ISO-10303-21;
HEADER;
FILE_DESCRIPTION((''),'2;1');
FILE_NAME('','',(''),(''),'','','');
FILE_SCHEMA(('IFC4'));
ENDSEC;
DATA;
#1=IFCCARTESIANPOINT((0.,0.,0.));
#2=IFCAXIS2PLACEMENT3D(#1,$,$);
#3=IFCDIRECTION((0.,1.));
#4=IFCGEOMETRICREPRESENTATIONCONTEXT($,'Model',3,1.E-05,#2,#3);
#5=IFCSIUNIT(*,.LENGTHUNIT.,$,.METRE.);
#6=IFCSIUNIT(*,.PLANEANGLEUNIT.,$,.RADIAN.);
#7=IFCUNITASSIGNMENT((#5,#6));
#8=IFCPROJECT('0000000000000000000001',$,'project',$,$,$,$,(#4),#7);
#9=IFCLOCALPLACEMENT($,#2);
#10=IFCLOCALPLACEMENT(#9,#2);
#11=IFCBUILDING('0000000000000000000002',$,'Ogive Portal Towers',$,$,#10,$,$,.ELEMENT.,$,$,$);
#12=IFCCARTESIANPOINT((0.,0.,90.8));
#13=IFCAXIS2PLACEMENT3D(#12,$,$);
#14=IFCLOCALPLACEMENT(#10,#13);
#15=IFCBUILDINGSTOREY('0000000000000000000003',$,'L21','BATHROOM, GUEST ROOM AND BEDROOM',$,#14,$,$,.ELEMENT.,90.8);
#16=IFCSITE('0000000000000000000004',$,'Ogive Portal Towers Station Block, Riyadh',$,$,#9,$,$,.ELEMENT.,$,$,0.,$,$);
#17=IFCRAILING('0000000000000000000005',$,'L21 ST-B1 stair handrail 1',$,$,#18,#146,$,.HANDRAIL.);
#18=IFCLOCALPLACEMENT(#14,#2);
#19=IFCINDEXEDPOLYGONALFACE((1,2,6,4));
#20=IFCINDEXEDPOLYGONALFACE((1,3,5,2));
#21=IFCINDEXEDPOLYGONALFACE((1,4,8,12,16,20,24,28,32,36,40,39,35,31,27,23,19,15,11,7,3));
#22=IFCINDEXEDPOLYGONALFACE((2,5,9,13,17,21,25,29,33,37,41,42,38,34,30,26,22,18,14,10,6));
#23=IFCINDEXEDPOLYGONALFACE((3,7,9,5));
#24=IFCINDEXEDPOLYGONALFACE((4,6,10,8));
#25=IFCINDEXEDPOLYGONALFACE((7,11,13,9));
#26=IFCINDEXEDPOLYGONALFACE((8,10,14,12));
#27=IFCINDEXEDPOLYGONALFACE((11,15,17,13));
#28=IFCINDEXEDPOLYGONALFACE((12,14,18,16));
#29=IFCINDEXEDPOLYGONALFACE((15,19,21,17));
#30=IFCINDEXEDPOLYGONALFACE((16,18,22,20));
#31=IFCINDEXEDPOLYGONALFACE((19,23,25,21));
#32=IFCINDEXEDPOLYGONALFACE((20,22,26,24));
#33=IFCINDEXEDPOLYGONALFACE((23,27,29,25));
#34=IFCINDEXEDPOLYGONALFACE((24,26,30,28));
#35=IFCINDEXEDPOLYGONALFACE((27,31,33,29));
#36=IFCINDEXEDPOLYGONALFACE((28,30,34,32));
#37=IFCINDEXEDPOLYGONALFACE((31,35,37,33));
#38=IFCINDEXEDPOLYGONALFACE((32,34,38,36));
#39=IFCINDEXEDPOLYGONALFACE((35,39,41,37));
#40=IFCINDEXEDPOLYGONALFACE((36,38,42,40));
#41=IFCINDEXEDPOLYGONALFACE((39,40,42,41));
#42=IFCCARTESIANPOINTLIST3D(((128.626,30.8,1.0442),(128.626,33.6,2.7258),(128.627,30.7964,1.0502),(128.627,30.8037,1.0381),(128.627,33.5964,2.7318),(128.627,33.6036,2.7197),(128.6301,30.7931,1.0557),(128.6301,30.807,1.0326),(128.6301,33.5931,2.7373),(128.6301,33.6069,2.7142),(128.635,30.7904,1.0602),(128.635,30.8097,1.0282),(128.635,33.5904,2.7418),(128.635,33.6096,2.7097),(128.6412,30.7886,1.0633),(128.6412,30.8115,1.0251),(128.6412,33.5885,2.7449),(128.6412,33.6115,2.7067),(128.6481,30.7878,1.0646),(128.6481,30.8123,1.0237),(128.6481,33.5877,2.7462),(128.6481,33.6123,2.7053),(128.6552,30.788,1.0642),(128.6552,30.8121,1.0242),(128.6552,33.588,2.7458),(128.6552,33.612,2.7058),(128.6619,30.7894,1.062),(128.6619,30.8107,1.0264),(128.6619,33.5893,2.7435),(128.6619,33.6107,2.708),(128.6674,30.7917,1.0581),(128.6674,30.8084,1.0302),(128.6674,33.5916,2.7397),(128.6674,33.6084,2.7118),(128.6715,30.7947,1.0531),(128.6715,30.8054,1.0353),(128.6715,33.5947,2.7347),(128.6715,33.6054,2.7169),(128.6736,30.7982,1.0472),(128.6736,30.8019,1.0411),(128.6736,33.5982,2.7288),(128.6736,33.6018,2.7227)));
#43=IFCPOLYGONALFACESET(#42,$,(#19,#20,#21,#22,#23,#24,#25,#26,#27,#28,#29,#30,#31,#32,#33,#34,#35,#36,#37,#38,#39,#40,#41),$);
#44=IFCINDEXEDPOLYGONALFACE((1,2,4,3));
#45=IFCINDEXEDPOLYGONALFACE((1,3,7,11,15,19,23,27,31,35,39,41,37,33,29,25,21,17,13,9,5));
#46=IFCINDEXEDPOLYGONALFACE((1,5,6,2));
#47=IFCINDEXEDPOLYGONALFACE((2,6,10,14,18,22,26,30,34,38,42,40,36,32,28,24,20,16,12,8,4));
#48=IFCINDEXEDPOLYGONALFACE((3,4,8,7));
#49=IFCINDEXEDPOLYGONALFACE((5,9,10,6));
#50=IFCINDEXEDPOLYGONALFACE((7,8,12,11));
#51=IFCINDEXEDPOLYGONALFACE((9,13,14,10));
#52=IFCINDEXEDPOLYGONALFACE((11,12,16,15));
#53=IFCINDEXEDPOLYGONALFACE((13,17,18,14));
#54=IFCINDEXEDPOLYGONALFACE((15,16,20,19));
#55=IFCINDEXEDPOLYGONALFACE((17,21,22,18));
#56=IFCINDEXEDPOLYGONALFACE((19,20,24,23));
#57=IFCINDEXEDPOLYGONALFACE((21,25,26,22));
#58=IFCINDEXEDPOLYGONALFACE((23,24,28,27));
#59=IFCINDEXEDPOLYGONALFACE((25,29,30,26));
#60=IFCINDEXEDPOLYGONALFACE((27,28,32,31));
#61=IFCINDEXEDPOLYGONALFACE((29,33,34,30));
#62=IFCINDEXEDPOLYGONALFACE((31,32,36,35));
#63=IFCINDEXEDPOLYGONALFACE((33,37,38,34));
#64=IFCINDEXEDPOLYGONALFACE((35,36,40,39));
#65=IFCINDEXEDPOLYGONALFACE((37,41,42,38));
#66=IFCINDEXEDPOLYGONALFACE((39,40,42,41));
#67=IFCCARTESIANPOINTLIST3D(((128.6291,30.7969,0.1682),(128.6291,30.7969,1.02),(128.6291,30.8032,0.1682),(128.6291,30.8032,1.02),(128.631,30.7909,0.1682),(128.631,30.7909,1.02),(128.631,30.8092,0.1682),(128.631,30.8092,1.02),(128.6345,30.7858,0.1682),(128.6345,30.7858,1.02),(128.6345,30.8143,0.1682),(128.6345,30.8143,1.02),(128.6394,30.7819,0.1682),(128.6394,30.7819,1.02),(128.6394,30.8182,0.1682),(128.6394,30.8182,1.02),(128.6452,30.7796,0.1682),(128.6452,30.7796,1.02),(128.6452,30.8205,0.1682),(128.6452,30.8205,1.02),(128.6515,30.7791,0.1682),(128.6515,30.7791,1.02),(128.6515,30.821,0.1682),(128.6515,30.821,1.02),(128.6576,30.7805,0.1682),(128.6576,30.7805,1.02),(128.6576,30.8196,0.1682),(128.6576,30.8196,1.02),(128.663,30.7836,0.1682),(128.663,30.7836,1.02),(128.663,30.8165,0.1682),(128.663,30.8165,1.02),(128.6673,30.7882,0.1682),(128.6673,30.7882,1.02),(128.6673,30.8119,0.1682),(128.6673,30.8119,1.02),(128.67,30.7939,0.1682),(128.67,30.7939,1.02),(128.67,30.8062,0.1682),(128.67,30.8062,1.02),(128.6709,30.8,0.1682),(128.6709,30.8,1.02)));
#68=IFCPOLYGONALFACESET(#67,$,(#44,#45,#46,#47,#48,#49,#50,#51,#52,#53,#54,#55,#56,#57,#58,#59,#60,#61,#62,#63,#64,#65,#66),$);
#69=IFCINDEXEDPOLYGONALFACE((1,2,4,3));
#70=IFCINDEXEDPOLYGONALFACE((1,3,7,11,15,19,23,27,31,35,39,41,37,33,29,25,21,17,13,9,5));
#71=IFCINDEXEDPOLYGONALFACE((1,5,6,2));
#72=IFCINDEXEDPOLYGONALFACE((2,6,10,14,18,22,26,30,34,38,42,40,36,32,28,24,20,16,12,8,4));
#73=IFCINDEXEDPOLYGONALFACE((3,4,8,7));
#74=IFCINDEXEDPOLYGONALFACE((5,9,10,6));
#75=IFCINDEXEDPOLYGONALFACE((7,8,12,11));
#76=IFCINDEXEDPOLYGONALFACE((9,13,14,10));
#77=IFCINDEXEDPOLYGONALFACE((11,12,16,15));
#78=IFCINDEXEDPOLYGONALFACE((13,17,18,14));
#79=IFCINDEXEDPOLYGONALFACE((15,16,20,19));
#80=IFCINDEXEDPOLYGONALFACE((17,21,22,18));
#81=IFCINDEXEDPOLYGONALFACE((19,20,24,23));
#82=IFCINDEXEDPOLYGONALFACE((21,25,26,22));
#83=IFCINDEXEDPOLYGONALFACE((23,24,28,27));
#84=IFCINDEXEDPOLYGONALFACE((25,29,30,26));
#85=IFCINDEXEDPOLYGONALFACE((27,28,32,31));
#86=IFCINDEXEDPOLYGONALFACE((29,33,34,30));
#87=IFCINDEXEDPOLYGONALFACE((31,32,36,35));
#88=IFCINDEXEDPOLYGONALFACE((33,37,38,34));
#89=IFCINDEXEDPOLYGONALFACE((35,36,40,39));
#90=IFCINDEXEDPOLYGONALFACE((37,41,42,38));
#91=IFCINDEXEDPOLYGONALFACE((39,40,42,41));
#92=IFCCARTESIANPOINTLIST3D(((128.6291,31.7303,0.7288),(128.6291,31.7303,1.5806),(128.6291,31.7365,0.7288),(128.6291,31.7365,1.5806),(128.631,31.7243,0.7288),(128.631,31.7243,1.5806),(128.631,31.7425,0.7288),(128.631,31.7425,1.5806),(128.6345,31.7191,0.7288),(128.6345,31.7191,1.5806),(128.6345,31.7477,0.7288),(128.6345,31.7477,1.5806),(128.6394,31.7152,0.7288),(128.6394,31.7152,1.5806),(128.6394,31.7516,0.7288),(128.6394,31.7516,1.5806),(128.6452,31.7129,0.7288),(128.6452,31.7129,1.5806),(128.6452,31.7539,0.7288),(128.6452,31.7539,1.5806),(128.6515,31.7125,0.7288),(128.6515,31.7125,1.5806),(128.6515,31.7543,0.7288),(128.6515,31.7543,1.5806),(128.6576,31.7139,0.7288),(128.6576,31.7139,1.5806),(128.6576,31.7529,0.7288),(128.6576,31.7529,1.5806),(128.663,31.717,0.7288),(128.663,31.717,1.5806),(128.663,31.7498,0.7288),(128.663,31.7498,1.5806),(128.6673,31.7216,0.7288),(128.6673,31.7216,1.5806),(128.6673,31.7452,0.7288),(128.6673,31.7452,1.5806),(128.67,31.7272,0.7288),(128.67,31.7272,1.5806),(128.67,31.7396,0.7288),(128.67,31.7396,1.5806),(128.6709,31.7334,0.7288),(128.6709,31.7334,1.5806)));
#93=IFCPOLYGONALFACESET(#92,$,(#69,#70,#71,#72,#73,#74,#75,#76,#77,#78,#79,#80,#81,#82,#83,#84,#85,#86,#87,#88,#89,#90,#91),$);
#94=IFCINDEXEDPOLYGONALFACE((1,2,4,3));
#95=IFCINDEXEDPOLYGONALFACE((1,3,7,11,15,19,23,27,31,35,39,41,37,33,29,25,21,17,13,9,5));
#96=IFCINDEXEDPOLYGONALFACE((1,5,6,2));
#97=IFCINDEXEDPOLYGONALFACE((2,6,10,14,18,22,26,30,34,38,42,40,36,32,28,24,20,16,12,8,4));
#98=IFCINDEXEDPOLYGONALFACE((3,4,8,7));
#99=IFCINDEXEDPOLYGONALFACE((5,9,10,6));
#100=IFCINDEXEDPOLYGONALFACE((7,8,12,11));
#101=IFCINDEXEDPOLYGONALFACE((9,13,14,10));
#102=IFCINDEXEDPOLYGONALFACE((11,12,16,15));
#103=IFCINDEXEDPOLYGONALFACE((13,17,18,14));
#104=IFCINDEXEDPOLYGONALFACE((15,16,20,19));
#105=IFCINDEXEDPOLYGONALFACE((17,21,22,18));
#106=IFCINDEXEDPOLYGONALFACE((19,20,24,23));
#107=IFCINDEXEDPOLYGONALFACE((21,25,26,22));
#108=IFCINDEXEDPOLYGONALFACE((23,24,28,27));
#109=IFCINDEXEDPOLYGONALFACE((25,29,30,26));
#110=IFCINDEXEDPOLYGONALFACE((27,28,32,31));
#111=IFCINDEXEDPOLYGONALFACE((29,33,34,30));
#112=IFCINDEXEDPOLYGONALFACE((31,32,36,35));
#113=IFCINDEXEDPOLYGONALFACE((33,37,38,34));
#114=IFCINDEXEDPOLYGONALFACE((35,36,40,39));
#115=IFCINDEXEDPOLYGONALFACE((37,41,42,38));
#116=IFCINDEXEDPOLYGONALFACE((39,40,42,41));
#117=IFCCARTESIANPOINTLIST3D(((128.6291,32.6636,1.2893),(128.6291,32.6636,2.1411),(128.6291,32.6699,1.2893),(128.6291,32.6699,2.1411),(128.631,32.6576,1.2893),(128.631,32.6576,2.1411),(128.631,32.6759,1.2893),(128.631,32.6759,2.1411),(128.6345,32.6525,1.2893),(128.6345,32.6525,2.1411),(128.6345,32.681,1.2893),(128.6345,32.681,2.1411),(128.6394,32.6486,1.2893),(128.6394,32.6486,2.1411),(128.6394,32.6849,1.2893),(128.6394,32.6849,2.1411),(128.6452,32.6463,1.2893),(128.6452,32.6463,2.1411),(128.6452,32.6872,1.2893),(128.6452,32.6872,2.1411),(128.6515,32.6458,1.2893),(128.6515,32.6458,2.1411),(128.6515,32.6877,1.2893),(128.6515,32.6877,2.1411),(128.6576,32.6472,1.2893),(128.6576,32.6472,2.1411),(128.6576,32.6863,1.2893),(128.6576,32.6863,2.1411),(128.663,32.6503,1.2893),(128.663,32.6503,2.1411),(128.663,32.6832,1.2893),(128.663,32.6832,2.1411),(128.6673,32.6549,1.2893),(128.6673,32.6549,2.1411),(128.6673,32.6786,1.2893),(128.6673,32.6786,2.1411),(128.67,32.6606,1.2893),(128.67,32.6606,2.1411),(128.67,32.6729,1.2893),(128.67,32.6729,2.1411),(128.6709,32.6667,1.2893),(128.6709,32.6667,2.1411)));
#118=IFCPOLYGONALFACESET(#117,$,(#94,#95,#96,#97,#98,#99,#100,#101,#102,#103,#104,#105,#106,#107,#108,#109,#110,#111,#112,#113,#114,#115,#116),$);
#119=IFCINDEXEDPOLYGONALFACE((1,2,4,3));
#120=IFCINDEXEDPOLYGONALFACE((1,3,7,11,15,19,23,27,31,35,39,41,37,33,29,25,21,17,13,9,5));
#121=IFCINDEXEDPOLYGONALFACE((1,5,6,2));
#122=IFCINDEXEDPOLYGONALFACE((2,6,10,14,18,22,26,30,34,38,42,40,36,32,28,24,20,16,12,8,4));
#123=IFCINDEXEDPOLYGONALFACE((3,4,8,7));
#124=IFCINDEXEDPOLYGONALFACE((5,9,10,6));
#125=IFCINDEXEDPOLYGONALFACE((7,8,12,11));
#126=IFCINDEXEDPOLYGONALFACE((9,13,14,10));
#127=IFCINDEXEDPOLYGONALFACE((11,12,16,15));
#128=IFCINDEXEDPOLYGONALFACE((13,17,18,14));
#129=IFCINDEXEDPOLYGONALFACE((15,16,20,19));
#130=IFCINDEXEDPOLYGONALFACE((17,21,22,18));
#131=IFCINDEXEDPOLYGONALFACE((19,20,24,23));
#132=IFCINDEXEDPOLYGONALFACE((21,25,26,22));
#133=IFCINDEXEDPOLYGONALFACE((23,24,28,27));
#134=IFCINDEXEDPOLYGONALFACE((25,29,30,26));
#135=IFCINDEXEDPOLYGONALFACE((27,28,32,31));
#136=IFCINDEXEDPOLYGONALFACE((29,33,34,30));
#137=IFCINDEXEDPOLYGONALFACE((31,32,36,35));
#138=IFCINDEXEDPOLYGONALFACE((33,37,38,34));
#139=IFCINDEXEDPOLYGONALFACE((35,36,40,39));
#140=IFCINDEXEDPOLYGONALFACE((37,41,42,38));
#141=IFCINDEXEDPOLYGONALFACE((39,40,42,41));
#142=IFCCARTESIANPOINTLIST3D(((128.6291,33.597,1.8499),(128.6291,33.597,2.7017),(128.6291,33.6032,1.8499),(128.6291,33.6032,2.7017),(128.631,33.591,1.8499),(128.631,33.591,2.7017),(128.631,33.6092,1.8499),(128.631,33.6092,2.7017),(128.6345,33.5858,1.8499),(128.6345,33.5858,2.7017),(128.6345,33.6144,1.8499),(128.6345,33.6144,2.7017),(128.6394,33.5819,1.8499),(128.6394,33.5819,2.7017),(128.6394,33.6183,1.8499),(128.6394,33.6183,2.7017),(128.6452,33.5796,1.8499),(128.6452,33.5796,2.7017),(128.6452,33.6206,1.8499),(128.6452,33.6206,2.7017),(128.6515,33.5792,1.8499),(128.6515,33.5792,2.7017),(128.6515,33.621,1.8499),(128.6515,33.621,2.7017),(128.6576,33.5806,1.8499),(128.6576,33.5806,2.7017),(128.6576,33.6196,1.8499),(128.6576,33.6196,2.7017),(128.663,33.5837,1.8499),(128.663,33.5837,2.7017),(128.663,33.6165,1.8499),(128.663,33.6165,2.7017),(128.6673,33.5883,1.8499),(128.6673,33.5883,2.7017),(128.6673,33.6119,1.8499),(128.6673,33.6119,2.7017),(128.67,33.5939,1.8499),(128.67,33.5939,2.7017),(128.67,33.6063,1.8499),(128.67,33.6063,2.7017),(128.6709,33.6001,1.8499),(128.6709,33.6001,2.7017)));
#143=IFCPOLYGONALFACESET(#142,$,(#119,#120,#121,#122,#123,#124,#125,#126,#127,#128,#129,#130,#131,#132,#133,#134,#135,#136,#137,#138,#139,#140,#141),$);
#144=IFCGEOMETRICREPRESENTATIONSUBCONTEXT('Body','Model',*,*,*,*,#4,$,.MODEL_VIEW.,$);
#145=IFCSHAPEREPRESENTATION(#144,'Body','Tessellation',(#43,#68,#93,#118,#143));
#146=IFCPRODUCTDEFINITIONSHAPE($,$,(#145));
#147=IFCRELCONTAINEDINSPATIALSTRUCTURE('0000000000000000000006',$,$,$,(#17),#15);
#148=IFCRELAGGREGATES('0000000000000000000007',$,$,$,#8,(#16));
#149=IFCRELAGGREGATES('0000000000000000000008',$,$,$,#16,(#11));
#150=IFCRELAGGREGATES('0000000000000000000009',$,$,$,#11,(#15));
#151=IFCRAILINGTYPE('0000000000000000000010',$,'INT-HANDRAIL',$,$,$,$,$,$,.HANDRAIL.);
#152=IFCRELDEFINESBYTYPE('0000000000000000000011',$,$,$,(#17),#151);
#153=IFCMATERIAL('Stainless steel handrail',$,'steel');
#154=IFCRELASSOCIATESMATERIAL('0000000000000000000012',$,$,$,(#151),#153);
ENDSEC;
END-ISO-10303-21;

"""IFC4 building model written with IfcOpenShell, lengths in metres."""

from ifc_helpers import new_model, si_unit, direction, frame, origin, origin_2d, place, context, subcontext, project, spatial, circle, extrude, material, type_object, element, save


model = new_model("IFC4")

# Units and contexts
model_context = context("Model", 3, precision=1e-05, world=origin(), true_north=direction((0.0, 1.0)))
body_context = subcontext(model_context, "Body", "Model", "MODEL_VIEW")
ifc_project = project(units=[si_unit("LENGTHUNIT", "METRE"), si_unit("PLANEANGLEUNIT", "RADIAN")], contexts=[model_context])

# Site, building, storey
site_placement = place(None, origin())
site = spatial("IfcSite", under=ifc_project, at=site_placement, Name="Ogive Portal Towers Station Block, Riyadh", CompositionType="ELEMENT", RefElevation=0.0)
building_placement = place(site_placement, origin())
building = spatial("IfcBuilding", under=site, at=building_placement, Name="Ogive Portal Towers", CompositionType="ELEMENT")
storey_placement = place(building_placement, frame((0.0, 0.0, 90.8)))
storey = spatial("IfcBuildingStorey", under=building, at=storey_placement, Name="L21", Description="BATHROOM, GUEST ROOM AND BEDROOM", CompositionType="ELEMENT", Elevation=90.8)

# Railing
ifc_material_1 = material(Name="Stainless steel handrail", Category="steel")
railing_type_1 = type_object("IfcRailingType", Name="INT-HANDRAIL", PredefinedType="HANDRAIL", material=ifc_material_1)
railing_1_placement = place(storey_placement, frame((128.6499, 30.8, 0.1682)))
element("IfcRailing", 1, at=railing_1_placement, inside=storey, type_object=railing_type_1, Name="L21 ST-B1 stair handrail 1", PredefinedType="HANDRAIL", context=body_context, shape_type="SweptSolid", body=[
    extrude(circle(Radius=0.0239, at=origin_2d()), frame((0.0, 0.0, 0.876), z_axis=(0.0, 0.857275, 0.514858), x_axis=(-1.0, 0.0, 0.0)), (0.0, 0.0, 1.0), 3.2661),
    extrude(circle(Radius=0.021, at=origin_2d()), origin(), (0.0, 0.0, 1.0), 0.8518),
    extrude(circle(Radius=0.021, at=origin_2d()), frame((0.0, 0.9333, 0.5605)), (0.0, 0.0, 1.0), 0.8518),
    extrude(circle(Radius=0.021, at=origin_2d()), frame((0.0, 1.8667, 1.1211)), (0.0, 0.0, 1.0), 0.8518),
    extrude(circle(Radius=0.021, at=origin_2d()), frame((0.0, 2.8, 1.6816)), (0.0, 0.0, 1.0), 0.8518),
])

save(model, "model.ifc")
